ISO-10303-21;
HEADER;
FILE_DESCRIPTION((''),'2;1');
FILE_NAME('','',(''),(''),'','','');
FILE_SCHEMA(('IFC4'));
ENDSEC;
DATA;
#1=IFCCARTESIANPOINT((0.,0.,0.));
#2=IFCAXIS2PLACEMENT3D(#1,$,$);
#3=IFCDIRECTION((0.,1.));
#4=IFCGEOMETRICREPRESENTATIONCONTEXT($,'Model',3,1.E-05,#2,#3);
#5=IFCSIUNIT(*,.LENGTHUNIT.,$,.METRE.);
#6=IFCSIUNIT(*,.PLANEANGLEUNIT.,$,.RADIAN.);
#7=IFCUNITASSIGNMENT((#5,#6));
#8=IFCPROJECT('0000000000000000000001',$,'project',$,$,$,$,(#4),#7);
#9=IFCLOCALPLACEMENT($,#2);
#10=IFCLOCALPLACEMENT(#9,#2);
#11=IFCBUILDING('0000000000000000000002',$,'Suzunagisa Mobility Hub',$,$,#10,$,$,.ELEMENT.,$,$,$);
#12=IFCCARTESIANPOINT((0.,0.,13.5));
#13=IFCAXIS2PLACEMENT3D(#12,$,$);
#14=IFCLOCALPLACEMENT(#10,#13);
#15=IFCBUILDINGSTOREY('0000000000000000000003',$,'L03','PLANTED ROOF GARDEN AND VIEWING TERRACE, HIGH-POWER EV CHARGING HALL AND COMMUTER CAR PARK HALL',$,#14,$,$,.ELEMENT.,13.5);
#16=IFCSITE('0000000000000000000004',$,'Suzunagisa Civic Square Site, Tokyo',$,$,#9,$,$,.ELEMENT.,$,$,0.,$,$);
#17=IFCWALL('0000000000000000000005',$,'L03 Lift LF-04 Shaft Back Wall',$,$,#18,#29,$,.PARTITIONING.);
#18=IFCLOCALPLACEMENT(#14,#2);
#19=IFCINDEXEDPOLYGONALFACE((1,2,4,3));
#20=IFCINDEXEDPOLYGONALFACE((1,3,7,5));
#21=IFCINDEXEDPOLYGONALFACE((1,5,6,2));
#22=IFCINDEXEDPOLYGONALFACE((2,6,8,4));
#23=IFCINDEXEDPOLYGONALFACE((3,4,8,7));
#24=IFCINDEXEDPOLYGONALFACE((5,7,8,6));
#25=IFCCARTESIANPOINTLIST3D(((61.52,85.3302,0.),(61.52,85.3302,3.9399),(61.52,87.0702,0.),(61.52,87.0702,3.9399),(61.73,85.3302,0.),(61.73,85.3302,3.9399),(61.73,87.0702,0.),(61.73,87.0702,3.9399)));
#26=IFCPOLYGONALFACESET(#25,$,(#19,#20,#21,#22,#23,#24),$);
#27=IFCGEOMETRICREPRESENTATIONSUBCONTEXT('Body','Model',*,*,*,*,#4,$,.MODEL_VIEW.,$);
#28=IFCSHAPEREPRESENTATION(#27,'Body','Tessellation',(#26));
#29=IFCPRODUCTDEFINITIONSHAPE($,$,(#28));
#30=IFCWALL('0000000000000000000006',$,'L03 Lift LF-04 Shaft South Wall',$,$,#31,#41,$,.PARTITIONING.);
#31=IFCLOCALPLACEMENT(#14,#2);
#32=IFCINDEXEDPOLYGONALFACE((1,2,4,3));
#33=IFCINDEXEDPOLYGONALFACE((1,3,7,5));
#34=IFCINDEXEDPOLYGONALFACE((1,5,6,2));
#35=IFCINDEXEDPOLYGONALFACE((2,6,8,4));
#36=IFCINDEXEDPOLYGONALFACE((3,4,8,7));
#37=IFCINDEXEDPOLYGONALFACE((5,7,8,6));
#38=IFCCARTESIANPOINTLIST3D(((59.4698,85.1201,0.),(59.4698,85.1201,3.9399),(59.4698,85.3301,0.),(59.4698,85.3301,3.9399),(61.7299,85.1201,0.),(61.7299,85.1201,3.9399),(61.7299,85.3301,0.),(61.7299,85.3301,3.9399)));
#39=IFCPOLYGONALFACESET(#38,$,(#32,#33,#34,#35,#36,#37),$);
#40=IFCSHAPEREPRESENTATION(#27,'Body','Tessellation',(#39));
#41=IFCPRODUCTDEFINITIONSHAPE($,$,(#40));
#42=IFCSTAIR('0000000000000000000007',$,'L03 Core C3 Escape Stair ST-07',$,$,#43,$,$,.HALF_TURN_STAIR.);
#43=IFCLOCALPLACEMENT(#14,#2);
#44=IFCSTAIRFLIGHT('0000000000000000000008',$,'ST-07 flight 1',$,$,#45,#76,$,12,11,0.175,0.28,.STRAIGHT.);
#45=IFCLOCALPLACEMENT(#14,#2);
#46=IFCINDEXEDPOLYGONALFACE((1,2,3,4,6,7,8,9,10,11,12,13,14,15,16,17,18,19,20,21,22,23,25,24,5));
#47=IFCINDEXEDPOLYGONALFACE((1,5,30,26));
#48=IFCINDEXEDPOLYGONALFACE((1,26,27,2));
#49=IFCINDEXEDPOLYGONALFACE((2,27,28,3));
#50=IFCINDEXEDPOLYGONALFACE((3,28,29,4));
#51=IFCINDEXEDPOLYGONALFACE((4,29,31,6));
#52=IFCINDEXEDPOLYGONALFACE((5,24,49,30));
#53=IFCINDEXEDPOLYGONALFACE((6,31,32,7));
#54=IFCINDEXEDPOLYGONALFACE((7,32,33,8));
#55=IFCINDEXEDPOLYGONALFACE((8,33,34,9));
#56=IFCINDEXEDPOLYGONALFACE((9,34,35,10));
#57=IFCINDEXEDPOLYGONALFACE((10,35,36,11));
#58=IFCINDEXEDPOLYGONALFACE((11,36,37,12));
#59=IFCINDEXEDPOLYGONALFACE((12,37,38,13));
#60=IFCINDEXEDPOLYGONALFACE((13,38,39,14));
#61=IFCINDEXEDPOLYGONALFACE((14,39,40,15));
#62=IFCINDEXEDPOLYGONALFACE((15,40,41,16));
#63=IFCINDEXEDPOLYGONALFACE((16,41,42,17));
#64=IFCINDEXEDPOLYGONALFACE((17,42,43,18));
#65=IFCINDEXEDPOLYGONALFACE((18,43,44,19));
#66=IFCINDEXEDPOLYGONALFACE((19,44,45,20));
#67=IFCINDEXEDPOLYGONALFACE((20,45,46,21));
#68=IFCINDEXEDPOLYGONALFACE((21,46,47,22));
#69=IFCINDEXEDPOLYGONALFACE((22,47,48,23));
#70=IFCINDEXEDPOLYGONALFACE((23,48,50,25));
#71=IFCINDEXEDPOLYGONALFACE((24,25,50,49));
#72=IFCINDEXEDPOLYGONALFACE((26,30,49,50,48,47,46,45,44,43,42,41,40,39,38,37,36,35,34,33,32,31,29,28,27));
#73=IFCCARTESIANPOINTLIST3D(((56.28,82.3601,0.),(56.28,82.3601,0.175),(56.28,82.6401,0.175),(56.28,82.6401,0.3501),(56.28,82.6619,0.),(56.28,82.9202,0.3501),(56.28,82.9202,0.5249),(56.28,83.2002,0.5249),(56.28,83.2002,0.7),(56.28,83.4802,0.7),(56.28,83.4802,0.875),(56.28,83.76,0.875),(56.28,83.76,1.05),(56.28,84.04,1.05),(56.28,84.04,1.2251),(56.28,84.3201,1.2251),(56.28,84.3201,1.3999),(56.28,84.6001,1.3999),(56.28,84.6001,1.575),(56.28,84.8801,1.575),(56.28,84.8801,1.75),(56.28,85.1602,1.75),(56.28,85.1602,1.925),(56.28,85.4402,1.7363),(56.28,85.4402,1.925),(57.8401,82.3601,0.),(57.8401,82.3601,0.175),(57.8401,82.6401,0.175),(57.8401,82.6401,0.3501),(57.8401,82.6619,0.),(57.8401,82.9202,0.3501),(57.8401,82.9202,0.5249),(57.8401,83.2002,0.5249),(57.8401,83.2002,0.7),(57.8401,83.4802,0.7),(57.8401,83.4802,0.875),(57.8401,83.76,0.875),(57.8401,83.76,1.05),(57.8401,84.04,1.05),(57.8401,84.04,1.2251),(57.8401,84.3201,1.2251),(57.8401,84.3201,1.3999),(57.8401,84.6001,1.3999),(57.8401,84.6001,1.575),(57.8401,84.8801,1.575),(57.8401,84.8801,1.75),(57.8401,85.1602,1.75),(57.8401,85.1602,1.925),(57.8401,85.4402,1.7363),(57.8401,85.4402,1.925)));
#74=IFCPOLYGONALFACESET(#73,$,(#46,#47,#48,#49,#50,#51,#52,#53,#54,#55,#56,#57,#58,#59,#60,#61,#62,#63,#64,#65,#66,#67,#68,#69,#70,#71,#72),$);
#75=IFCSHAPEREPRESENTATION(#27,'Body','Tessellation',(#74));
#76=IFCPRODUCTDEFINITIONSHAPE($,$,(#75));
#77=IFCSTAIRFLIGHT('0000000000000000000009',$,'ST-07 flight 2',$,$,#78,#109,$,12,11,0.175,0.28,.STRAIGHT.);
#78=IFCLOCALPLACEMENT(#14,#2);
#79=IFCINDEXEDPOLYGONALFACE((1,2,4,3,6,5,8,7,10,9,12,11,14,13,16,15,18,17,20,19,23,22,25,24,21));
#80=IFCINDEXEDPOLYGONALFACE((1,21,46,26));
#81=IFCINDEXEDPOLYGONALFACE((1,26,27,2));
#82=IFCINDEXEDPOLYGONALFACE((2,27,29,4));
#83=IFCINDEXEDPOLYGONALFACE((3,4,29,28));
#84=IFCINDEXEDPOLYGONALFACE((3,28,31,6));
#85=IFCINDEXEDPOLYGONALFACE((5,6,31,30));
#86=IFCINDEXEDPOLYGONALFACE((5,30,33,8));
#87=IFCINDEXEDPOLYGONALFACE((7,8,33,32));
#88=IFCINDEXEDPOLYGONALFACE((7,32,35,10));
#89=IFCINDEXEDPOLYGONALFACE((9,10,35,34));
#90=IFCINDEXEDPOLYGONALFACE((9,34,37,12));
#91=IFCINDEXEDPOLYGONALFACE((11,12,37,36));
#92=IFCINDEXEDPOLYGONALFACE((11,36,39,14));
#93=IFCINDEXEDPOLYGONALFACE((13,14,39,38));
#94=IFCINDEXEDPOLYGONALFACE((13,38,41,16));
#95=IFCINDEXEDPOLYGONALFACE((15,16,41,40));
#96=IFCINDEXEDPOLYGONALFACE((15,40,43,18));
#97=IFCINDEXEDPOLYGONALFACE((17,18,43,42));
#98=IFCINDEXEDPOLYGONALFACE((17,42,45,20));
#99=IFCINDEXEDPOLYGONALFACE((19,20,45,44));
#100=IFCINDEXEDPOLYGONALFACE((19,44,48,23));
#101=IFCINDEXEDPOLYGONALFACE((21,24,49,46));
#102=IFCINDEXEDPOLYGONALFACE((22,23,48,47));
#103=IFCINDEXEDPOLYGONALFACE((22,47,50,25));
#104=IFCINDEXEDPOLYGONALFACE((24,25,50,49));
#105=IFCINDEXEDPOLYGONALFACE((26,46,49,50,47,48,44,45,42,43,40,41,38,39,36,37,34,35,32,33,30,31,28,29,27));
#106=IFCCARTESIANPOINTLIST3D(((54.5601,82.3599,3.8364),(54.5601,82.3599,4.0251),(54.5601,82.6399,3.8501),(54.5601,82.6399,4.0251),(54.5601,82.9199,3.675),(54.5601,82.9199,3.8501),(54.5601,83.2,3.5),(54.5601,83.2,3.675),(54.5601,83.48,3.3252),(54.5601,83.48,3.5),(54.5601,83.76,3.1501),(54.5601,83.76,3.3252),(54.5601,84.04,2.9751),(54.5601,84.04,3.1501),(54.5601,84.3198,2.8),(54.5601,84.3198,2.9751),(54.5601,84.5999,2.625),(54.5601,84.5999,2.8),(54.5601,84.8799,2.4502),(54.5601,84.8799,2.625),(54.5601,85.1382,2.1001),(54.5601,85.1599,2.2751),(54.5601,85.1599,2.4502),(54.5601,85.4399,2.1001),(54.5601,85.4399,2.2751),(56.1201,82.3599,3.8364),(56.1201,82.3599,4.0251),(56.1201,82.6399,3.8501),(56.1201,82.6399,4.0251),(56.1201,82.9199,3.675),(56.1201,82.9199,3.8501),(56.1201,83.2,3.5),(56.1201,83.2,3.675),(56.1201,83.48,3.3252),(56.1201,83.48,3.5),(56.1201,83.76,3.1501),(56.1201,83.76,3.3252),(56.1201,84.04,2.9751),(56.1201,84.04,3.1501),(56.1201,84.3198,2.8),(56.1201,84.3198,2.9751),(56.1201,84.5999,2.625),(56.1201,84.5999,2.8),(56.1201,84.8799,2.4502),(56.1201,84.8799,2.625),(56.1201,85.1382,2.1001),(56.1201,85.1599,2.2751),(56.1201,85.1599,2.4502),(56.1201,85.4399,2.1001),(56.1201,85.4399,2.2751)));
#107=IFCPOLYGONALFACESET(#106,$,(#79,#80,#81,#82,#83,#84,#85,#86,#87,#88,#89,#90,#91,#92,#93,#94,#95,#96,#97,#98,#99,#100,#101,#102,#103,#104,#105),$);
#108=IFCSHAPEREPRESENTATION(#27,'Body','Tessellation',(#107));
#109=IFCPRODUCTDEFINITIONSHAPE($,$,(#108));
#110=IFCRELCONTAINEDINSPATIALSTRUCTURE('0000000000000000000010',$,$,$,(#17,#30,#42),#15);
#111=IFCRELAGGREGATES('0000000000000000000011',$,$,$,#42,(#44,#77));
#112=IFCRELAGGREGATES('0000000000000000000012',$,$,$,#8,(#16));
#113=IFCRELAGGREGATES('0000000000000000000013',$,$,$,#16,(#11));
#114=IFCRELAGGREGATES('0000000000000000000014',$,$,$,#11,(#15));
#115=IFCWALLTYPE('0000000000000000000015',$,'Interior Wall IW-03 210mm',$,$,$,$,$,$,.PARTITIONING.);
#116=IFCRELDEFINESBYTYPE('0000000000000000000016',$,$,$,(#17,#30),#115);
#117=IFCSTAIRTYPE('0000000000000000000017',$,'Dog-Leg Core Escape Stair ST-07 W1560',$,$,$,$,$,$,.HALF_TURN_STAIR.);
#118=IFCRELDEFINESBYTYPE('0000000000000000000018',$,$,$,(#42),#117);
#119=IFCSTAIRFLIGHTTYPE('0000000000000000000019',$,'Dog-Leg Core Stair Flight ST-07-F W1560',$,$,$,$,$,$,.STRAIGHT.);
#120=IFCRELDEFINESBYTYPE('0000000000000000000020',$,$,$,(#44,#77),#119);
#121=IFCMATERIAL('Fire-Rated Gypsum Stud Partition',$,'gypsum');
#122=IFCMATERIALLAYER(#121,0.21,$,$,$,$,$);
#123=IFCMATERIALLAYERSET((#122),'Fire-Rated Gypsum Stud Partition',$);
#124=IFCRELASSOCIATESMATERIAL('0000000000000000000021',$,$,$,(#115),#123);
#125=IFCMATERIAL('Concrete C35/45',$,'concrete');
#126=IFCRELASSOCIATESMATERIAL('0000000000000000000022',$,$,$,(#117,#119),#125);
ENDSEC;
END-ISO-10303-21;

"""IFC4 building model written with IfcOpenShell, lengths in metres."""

from ifc_helpers import new_model, si_unit, direction, frame, frame_2d, origin, place, context, subcontext, project, spatial, polyline, rectangle, outline, extrude, material, layer, layer_set, type_object, element, aggregate, save


model = new_model("IFC4")

# Units and contexts
model_context = context("Model", 3, precision=1e-05, world=origin(), true_north=direction((0.0, 1.0)))
body_context = subcontext(model_context, "Body", "Model", "MODEL_VIEW")
ifc_project = project(units=[si_unit("LENGTHUNIT", "METRE"), si_unit("PLANEANGLEUNIT", "RADIAN")], contexts=[model_context])

# Site, building, storey
site_placement = place(None, origin())
site = spatial("IfcSite", under=ifc_project, at=site_placement, Name="Suzunagisa Civic Square Site, Tokyo", CompositionType="ELEMENT", RefElevation=0.0)
building_placement = place(site_placement, origin())
building = spatial("IfcBuilding", under=site, at=building_placement, Name="Suzunagisa Mobility Hub", CompositionType="ELEMENT")
storey_placement = place(building_placement, frame((0.0, 0.0, 13.5)))
storey = spatial("IfcBuildingStorey", under=building, at=storey_placement, Name="L03", Description="PLANTED ROOF GARDEN AND VIEWING TERRACE, HIGH-POWER EV CHARGING HALL AND COMMUTER CAR PARK HALL", CompositionType="ELEMENT", Elevation=13.5)

# Shared definitions
ifc_material_1 = material(Name="Concrete C35/45", Category="concrete")

# Shared definitions
ifc_material_2 = material(Name="Fire-Rated Gypsum Stud Partition", Category="gypsum")
ifc_layer_1 = layer(ifc_material_2, 0.21)
ifc_layer_set_1 = layer_set([ifc_layer_1], Name="Fire-Rated Gypsum Stud Partition")
wall_type_1 = type_object("IfcWallType", Name="Interior Wall IW-03 210mm", PredefinedType="PARTITIONING", material=ifc_layer_set_1)

# Walls
wall_1_placement = place(storey_placement, frame((61.625, 85.3301, 0.0), z_axis=(0.0, 0.0, 1.0), x_axis=(0.0, 1.0, 0.0)))
element("IfcWall", 1, at=wall_1_placement, inside=storey, type_object=wall_type_1, Name="L03 Lift LF-04 Shaft Back Wall", PredefinedType="PARTITIONING", context=body_context, shape_type="SweptSolid", body=[
    extrude(rectangle(XDim=1.74, YDim=0.21, at=frame_2d((0.8701, 0.0))), origin(), (0.0, 0.0, 1.0), 3.9399),
])
wall_2_placement = place(storey_placement, frame((59.47, 85.2251, 0.0), z_axis=(0.0, 0.0, 1.0), x_axis=(1.0, 0.0, 0.0)))
element("IfcWall", 2, at=wall_2_placement, inside=storey, type_object=wall_type_1, Name="L03 Lift LF-04 Shaft South Wall", PredefinedType="PARTITIONING", context=body_context, shape_type="SweptSolid", body=[
    extrude(rectangle(XDim=2.26, YDim=0.21, at=frame_2d((1.1299, 0.0))), origin(), (0.0, 0.0, 1.0), 3.9399),
])

# Stair, stair flights
stair_type = type_object("IfcStairType", Name="Dog-Leg Core Escape Stair ST-07 W1560", PredefinedType="HALF_TURN_STAIR", material=ifc_material_1)
stair_placement = place(storey_placement, origin())
stair = element("IfcStair", 3, at=stair_placement, inside=storey, type_object=stair_type, Name="L03 Core C3 Escape Stair ST-07", PredefinedType="HALF_TURN_STAIR")
stair_flight_type = type_object("IfcStairFlightType", Name="Dog-Leg Core Stair Flight ST-07-F W1560", PredefinedType="STRAIGHT", material=ifc_material_1)
stair_flight_1_placement = place(storey_placement, frame((57.0601, 82.3601, 0.0), z_axis=(0.0, 0.0, 1.0), x_axis=(0.0, 1.0, 0.0)))
stair_flight_1 = element("IfcStairFlight", 4, at=stair_flight_1_placement, type_object=stair_flight_type, Name="ST-07 flight 1", NumberOfRisers=12, NumberOfTreads=11, PredefinedType="STRAIGHT", RiserHeight=0.175, TreadLength=0.28, context=body_context, shape_type="SweptSolid", body=[
    extrude(outline(polyline([(0.0, 0.0), (0.0, 0.175), (0.28, 0.175), (0.28, 0.3501), (0.5601, 0.3501), (0.5601, 0.5249), (0.8401, 0.5249), (0.8401, 0.7), (1.1201, 0.7), (1.1201, 0.875), (1.3999, 0.875), (1.3999, 1.05), (1.6799, 1.05), (1.6799, 1.2251), (1.96, 1.2251), (1.96, 1.3999), (2.24, 1.3999), (2.24, 1.575), (2.52, 1.575), (2.52, 1.75), (2.8, 1.75), (2.8, 1.925), (3.0801, 1.925), (3.0801, 2.1001), (3.0801, 1.7363), (0.3018, 0.0), (0.0, 0.0)])), frame((0.0, 0.78, 0.0), z_axis=(0.0, -1.0, 0.0), x_axis=(1.0, 0.0, 0.0)), (0.0, 0.0, 1.0), 1.5601),
])
stair_flight_2_placement = place(storey_placement, frame((55.3401, 85.4399, 2.1001), z_axis=(0.0, 0.0, 1.0), x_axis=(0.0, -1.0, 0.0)))
stair_flight_2 = element("IfcStairFlight", 5, at=stair_flight_2_placement, type_object=stair_flight_type, Name="ST-07 flight 2", NumberOfRisers=12, NumberOfTreads=11, PredefinedType="STRAIGHT", RiserHeight=0.175, TreadLength=0.28, context=body_context, shape_type="SweptSolid", body=[
    extrude(outline(polyline([(0.0, 0.0), (0.0, 0.175), (0.28, 0.175), (0.28, 0.3501), (0.5601, 0.3501), (0.5601, 0.5249), (0.8401, 0.5249), (0.8401, 0.7), (1.1201, 0.7), (1.1201, 0.875), (1.3999, 0.875), (1.3999, 1.05), (1.6799, 1.05), (1.6799, 1.2251), (1.96, 1.2251), (1.96, 1.3999), (2.24, 1.3999), (2.24, 1.575), (2.52, 1.575), (2.52, 1.75), (2.8, 1.75), (2.8, 1.925), (3.0801, 1.925), (3.0801, 2.1001), (3.0801, 1.7363), (0.3018, 0.0), (0.0, 0.0)])), frame((0.0, 0.78, 0.0), z_axis=(0.0, -1.0, 0.0), x_axis=(1.0, 0.0, 0.0)), (0.0, 0.0, 1.0), 1.5601),
])
aggregate(stair, [stair_flight_1, stair_flight_2])

save(model, "model.ifc")
